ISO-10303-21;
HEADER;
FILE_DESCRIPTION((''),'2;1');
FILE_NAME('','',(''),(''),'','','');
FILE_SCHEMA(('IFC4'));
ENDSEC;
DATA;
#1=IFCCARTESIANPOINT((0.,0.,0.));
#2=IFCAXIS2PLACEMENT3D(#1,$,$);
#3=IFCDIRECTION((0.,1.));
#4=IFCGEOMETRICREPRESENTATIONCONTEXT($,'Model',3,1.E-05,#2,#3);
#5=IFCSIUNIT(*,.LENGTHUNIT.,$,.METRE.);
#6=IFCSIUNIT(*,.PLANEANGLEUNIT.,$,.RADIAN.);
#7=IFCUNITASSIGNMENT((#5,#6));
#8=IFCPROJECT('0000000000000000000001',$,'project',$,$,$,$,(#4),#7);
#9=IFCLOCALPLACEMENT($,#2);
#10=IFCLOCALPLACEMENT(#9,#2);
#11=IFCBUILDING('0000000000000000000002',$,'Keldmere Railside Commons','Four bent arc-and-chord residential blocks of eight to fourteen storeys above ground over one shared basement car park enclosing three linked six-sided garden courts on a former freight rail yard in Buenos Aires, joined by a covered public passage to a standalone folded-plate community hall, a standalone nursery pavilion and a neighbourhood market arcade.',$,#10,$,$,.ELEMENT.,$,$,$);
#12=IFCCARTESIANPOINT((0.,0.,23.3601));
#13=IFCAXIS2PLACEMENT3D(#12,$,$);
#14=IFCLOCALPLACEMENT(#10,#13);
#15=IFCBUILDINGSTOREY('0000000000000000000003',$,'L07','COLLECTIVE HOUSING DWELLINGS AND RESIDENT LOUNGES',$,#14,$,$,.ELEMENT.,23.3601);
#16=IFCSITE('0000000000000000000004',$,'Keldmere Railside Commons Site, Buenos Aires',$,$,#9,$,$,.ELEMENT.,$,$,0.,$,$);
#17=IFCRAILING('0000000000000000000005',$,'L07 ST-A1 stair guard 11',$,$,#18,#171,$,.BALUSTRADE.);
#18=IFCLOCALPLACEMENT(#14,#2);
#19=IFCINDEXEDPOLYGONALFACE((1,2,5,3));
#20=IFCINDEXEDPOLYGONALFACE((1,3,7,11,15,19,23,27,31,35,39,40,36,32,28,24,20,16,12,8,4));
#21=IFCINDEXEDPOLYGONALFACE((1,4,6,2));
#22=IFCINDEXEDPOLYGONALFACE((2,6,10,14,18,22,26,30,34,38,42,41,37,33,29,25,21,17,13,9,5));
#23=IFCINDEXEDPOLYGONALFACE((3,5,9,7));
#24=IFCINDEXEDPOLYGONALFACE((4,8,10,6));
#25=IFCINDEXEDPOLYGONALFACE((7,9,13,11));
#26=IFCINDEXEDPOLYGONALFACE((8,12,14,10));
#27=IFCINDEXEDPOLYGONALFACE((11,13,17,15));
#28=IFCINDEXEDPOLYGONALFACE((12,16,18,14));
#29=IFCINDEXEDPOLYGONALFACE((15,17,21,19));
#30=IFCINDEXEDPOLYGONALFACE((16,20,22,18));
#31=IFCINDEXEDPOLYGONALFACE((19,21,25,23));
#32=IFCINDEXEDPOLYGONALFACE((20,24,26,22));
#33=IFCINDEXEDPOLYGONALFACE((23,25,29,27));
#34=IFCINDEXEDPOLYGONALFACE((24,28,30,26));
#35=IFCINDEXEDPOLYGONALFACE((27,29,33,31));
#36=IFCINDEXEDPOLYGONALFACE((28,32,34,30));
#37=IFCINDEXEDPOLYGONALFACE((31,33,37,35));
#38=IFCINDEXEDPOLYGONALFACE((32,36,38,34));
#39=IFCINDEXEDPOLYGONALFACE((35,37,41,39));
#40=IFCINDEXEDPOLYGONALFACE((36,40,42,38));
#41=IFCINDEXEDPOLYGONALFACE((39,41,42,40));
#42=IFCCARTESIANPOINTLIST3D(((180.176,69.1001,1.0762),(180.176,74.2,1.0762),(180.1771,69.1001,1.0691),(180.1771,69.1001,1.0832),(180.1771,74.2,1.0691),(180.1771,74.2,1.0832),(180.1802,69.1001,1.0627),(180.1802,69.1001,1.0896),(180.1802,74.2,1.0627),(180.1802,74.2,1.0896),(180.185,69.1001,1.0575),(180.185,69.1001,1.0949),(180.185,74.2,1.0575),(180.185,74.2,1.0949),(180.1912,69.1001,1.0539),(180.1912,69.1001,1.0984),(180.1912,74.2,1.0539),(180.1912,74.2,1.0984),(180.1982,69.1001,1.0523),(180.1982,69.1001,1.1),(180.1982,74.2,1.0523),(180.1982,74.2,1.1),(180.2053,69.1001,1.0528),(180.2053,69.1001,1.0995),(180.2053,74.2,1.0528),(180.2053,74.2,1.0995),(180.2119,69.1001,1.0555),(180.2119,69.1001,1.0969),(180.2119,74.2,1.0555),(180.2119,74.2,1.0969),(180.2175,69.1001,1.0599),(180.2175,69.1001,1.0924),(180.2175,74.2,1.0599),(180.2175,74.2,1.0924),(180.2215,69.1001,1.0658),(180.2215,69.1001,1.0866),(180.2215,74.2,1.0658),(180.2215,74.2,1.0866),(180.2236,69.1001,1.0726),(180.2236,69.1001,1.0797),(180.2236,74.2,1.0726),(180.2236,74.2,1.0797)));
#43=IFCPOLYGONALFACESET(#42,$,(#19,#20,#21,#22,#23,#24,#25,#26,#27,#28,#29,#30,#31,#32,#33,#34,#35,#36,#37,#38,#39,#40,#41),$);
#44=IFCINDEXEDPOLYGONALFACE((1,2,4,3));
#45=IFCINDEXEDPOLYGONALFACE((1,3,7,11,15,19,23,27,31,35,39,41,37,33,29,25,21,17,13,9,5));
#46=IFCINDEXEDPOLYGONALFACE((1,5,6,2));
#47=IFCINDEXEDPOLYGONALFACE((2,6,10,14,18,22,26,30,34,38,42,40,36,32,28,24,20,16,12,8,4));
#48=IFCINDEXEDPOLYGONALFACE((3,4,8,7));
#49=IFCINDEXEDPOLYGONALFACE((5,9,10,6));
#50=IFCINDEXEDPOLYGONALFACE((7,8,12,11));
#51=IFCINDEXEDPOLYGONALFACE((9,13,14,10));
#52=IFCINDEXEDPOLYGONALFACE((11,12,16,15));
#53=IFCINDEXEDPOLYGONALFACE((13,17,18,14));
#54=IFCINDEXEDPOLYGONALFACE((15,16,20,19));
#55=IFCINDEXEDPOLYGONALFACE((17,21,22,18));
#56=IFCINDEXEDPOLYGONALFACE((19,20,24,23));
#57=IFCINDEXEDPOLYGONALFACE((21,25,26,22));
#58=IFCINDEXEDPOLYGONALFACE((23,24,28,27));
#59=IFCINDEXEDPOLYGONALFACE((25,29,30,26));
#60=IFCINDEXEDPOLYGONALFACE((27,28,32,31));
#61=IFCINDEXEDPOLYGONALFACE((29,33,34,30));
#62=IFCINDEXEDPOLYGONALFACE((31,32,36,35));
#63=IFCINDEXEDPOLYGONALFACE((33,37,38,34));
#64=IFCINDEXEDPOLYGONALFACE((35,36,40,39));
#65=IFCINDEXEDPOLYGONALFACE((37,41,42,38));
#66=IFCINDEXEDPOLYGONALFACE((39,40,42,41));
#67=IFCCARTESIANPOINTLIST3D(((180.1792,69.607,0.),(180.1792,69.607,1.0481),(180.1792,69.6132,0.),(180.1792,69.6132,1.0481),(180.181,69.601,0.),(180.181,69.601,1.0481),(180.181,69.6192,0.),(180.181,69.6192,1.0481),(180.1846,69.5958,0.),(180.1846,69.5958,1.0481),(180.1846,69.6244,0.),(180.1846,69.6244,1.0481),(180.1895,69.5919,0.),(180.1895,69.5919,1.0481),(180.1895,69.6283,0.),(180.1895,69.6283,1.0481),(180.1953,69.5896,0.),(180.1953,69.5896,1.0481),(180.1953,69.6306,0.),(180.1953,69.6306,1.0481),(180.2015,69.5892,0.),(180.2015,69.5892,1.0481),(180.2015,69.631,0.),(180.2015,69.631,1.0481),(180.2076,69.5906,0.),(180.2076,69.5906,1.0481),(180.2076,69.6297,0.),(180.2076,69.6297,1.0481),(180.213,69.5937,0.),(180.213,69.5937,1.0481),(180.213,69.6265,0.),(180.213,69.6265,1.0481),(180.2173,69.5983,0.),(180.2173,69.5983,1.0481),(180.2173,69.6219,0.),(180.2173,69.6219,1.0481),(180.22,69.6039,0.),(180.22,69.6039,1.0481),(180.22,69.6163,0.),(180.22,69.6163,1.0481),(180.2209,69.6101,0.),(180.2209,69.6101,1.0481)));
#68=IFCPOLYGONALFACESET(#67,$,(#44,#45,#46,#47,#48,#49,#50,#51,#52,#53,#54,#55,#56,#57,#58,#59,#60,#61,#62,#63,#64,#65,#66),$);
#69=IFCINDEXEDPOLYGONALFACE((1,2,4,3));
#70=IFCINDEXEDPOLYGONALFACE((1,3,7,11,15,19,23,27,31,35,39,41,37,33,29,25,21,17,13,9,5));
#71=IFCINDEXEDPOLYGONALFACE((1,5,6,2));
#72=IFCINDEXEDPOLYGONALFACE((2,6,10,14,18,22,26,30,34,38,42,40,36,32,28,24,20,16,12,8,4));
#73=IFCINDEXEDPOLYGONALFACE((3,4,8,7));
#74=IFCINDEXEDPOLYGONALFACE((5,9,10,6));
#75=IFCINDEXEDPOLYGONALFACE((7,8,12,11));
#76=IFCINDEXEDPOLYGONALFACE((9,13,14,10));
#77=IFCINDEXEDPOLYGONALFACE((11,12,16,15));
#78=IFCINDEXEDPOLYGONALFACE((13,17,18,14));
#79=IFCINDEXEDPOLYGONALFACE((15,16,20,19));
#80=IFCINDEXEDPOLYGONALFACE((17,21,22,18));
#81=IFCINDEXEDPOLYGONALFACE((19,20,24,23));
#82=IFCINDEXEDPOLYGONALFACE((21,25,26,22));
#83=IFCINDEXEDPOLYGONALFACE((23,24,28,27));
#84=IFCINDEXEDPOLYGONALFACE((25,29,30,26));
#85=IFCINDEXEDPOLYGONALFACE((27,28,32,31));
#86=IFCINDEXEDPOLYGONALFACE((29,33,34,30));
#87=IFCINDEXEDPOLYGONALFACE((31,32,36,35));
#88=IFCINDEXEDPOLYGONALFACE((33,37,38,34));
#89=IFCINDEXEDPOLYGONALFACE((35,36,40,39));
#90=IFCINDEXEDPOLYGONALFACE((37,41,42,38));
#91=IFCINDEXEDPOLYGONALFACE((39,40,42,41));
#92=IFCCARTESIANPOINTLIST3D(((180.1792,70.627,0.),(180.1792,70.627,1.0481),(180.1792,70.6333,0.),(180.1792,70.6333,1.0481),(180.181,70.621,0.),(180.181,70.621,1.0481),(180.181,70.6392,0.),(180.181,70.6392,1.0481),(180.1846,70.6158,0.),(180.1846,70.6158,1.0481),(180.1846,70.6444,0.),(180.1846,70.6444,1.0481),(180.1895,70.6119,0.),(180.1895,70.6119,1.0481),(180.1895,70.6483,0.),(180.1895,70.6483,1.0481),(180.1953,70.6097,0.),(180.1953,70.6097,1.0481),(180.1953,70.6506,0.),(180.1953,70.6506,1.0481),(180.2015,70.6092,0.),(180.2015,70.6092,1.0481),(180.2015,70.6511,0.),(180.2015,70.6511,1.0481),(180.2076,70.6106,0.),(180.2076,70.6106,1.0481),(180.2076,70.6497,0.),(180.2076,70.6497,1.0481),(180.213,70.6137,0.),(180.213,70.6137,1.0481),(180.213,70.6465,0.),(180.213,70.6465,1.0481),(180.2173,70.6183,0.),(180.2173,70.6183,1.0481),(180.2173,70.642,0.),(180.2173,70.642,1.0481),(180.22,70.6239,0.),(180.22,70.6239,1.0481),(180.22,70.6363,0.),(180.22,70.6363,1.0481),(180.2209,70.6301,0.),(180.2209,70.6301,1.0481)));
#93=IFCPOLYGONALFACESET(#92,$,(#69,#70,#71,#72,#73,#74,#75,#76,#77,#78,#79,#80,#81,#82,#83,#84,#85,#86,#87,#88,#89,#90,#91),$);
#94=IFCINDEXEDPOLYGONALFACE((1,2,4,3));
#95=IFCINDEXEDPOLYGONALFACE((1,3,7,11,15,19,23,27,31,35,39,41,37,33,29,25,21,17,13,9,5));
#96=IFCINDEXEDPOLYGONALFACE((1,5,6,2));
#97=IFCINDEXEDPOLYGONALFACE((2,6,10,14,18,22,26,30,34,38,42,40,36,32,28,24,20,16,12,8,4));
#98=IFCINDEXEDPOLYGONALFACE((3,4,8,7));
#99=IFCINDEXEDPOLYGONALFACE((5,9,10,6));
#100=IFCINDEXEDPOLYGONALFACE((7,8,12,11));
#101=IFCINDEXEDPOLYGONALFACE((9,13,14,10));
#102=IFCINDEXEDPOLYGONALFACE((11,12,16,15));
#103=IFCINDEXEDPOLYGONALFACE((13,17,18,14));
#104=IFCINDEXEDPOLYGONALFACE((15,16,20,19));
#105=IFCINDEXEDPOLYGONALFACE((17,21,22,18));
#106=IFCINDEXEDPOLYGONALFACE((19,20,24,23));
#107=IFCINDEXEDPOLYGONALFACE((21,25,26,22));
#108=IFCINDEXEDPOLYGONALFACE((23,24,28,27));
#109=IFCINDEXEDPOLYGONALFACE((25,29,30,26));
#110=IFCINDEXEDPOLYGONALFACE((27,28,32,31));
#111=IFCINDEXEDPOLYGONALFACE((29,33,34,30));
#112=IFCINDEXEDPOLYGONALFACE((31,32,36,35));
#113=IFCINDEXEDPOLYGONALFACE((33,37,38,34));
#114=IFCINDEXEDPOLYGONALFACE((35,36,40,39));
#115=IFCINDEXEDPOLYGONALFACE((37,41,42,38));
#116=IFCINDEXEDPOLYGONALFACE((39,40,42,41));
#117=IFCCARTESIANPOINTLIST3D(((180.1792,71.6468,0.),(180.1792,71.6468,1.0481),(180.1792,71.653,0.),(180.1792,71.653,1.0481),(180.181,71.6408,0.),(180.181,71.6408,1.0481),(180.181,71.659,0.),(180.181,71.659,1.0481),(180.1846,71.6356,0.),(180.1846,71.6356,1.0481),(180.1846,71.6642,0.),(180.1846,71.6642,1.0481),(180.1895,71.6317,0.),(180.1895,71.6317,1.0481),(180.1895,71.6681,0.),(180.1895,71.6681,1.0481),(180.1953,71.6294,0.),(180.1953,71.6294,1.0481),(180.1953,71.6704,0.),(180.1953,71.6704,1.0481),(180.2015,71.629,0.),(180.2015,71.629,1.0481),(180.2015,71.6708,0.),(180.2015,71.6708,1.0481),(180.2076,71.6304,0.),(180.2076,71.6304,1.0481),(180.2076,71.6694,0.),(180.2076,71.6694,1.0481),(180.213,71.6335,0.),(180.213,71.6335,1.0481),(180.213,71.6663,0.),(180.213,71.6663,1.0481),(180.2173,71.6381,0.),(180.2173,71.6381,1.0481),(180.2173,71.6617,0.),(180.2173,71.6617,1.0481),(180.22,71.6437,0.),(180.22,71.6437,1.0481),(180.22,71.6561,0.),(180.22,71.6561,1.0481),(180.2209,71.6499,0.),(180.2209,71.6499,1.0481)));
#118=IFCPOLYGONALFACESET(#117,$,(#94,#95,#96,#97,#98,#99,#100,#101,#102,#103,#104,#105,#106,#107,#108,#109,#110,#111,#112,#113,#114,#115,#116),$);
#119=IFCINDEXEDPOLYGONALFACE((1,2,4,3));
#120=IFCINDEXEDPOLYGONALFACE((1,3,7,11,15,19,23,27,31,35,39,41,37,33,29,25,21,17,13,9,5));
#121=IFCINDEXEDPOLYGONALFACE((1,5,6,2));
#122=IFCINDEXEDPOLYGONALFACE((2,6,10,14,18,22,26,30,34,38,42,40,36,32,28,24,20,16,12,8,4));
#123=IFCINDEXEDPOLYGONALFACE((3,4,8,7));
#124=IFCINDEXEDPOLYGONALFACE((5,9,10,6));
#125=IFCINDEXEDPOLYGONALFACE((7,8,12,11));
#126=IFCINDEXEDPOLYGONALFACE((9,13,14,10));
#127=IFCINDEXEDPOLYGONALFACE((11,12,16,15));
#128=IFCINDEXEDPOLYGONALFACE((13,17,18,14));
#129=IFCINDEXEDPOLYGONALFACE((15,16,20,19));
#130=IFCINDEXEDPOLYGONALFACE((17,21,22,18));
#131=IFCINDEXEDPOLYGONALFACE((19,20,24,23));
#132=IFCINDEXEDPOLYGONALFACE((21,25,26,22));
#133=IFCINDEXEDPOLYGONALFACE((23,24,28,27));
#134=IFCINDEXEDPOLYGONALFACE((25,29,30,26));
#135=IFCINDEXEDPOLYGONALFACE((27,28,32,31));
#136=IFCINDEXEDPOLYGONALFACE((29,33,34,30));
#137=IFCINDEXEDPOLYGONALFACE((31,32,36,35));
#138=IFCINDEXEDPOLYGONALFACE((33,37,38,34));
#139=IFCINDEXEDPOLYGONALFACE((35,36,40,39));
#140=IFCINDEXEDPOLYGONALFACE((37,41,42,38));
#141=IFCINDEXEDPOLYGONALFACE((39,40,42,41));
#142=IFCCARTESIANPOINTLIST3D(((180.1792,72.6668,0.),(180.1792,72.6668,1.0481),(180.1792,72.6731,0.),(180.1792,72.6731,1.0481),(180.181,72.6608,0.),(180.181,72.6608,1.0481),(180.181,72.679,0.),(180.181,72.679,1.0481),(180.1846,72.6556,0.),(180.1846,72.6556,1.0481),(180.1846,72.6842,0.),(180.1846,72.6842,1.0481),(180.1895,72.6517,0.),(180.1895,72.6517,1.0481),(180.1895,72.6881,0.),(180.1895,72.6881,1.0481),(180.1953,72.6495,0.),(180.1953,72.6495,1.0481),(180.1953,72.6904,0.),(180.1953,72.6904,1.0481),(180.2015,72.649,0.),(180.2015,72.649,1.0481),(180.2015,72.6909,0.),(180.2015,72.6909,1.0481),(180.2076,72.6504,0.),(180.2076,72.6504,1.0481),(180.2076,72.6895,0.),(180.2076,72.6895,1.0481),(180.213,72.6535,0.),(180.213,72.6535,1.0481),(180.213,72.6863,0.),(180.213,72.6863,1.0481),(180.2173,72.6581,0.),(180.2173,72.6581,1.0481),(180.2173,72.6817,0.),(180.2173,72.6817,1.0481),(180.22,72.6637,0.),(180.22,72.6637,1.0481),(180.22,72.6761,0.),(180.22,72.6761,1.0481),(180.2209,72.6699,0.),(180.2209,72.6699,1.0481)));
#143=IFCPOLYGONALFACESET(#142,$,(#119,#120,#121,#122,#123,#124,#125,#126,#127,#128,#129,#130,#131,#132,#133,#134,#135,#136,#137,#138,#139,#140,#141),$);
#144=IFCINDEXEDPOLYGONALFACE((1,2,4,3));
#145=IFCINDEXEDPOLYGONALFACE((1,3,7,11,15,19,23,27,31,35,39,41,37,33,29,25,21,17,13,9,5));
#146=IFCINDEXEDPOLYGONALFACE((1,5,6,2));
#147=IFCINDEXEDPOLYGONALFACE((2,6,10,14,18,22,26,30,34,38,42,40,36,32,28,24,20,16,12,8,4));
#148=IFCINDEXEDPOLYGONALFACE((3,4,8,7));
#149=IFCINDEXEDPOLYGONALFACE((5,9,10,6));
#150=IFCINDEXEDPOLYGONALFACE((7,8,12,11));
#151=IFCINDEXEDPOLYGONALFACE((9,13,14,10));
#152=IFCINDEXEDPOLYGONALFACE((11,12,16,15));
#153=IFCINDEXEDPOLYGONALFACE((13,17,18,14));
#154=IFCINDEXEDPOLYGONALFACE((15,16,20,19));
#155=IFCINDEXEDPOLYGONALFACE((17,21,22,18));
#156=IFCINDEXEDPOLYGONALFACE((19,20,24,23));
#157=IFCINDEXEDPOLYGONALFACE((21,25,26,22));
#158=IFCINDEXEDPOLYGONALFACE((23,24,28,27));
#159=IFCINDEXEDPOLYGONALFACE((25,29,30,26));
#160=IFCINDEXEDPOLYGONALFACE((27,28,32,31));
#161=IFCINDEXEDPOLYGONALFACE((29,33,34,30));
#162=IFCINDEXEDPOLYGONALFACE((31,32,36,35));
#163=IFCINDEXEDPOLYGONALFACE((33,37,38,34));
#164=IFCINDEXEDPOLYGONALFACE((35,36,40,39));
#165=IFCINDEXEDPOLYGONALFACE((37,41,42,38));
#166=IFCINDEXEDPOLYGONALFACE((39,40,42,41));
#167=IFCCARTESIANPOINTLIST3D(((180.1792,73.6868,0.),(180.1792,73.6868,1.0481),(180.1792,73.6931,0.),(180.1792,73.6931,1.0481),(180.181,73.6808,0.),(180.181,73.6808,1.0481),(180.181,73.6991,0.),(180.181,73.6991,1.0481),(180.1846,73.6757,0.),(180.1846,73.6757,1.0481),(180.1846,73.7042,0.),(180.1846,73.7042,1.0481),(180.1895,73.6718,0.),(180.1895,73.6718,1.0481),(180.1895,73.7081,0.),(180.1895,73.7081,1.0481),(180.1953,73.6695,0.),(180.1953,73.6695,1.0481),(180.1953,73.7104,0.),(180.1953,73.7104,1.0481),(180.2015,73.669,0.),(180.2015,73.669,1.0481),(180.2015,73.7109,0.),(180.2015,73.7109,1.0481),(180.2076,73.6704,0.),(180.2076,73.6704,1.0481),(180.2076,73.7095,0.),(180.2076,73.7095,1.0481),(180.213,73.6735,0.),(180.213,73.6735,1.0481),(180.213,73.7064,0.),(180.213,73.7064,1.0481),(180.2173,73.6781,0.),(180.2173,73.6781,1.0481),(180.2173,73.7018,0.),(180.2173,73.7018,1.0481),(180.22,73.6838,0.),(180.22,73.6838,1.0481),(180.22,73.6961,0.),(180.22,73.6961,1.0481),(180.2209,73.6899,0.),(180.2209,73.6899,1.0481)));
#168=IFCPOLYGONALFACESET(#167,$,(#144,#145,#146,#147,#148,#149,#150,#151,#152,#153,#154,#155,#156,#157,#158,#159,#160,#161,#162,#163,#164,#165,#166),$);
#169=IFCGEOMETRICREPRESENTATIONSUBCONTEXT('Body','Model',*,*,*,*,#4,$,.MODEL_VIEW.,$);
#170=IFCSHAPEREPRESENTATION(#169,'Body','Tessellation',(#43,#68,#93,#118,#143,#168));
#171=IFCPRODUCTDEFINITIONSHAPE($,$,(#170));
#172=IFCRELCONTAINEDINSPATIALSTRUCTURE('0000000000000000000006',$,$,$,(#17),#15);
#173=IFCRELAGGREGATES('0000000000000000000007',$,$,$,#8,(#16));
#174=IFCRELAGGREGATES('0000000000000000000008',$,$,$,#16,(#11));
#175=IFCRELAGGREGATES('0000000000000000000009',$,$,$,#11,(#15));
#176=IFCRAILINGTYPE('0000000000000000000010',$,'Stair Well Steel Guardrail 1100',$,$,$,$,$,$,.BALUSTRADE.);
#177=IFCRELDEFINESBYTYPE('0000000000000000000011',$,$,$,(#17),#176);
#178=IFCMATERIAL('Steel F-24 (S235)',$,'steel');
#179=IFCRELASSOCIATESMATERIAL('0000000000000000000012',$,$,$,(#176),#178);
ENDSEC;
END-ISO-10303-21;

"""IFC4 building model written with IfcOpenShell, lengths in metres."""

from ifc_helpers import new_model, si_unit, direction, frame, origin, origin_2d, place, context, subcontext, project, spatial, circle, extrude, material, type_object, element, save


model = new_model("IFC4")

# Units and contexts
model_context = context("Model", 3, precision=1e-05, world=origin(), true_north=direction((0.0, 1.0)))
body_context = subcontext(model_context, "Body", "Model", "MODEL_VIEW")
ifc_project = project(units=[si_unit("LENGTHUNIT", "METRE"), si_unit("PLANEANGLEUNIT", "RADIAN")], contexts=[model_context])

# Site, building, storey
site_placement = place(None, origin())
site = spatial("IfcSite", under=ifc_project, at=site_placement, Name="Keldmere Railside Commons Site, Buenos Aires", CompositionType="ELEMENT", RefElevation=0.0)
building_placement = place(site_placement, origin())
building = spatial("IfcBuilding", under=site, at=building_placement, Name="Keldmere Railside Commons", Description="Four bent arc-and-chord residential blocks of eight to fourteen storeys above ground over one shared basement car park enclosing three linked six-sided garden courts on a former freight rail yard in Buenos Aires, joined by a covered public passage to a standalone folded-plate community hall, a standalone nursery pavilion and a neighbourhood market arcade.", CompositionType="ELEMENT")
storey_placement = place(building_placement, frame((0.0, 0.0, 23.3601)))
storey = spatial("IfcBuildingStorey", under=building, at=storey_placement, Name="L07", Description="COLLECTIVE HOUSING DWELLINGS AND RESIDENT LOUNGES", CompositionType="ELEMENT", Elevation=23.3601)

# Shared definitions
ifc_material_1 = material(Name="Steel F-24 (S235)", Category="steel")

# Railing
railing_type_1 = type_object("IfcRailingType", Name="Stair Well Steel Guardrail 1100", PredefinedType="BALUSTRADE", material=ifc_material_1)
for number, where, name in (
    (1, (180.2, 69.1001, 0.0), "L07 ST-A1 stair guard 11"),
):
    element("IfcRailing", number, at=place(storey_placement, frame(where)), inside=storey, type_object=railing_type_1, Name=name, PredefinedType="BALUSTRADE", context=body_context, shape_type="SweptSolid", body=[
        extrude(circle(Radius=0.0239, at=origin_2d()), frame((0.0, 0.0, 1.0762), z_axis=(0.0, 1.0, 0.0), x_axis=(-1.0, 0.0, 0.0)), (0.0, 0.0, 1.0), 5.0999),
        extrude(circle(Radius=0.021, at=origin_2d()), frame((0.0, 0.51, 0.0)), (0.0, 0.0, 1.0), 1.0481),
        extrude(circle(Radius=0.021, at=origin_2d()), frame((0.0, 1.53, 0.0)), (0.0, 0.0, 1.0), 1.0481),
        extrude(circle(Radius=0.021, at=origin_2d()), frame((0.0, 2.5498, 0.0)), (0.0, 0.0, 1.0), 1.0481),
        extrude(circle(Radius=0.021, at=origin_2d()), frame((0.0, 3.5698, 0.0)), (0.0, 0.0, 1.0), 1.0481),
        extrude(circle(Radius=0.021, at=origin_2d()), frame((0.0, 4.5898, 0.0)), (0.0, 0.0, 1.0), 1.0481),
    ])

save(model, "model.ifc")
